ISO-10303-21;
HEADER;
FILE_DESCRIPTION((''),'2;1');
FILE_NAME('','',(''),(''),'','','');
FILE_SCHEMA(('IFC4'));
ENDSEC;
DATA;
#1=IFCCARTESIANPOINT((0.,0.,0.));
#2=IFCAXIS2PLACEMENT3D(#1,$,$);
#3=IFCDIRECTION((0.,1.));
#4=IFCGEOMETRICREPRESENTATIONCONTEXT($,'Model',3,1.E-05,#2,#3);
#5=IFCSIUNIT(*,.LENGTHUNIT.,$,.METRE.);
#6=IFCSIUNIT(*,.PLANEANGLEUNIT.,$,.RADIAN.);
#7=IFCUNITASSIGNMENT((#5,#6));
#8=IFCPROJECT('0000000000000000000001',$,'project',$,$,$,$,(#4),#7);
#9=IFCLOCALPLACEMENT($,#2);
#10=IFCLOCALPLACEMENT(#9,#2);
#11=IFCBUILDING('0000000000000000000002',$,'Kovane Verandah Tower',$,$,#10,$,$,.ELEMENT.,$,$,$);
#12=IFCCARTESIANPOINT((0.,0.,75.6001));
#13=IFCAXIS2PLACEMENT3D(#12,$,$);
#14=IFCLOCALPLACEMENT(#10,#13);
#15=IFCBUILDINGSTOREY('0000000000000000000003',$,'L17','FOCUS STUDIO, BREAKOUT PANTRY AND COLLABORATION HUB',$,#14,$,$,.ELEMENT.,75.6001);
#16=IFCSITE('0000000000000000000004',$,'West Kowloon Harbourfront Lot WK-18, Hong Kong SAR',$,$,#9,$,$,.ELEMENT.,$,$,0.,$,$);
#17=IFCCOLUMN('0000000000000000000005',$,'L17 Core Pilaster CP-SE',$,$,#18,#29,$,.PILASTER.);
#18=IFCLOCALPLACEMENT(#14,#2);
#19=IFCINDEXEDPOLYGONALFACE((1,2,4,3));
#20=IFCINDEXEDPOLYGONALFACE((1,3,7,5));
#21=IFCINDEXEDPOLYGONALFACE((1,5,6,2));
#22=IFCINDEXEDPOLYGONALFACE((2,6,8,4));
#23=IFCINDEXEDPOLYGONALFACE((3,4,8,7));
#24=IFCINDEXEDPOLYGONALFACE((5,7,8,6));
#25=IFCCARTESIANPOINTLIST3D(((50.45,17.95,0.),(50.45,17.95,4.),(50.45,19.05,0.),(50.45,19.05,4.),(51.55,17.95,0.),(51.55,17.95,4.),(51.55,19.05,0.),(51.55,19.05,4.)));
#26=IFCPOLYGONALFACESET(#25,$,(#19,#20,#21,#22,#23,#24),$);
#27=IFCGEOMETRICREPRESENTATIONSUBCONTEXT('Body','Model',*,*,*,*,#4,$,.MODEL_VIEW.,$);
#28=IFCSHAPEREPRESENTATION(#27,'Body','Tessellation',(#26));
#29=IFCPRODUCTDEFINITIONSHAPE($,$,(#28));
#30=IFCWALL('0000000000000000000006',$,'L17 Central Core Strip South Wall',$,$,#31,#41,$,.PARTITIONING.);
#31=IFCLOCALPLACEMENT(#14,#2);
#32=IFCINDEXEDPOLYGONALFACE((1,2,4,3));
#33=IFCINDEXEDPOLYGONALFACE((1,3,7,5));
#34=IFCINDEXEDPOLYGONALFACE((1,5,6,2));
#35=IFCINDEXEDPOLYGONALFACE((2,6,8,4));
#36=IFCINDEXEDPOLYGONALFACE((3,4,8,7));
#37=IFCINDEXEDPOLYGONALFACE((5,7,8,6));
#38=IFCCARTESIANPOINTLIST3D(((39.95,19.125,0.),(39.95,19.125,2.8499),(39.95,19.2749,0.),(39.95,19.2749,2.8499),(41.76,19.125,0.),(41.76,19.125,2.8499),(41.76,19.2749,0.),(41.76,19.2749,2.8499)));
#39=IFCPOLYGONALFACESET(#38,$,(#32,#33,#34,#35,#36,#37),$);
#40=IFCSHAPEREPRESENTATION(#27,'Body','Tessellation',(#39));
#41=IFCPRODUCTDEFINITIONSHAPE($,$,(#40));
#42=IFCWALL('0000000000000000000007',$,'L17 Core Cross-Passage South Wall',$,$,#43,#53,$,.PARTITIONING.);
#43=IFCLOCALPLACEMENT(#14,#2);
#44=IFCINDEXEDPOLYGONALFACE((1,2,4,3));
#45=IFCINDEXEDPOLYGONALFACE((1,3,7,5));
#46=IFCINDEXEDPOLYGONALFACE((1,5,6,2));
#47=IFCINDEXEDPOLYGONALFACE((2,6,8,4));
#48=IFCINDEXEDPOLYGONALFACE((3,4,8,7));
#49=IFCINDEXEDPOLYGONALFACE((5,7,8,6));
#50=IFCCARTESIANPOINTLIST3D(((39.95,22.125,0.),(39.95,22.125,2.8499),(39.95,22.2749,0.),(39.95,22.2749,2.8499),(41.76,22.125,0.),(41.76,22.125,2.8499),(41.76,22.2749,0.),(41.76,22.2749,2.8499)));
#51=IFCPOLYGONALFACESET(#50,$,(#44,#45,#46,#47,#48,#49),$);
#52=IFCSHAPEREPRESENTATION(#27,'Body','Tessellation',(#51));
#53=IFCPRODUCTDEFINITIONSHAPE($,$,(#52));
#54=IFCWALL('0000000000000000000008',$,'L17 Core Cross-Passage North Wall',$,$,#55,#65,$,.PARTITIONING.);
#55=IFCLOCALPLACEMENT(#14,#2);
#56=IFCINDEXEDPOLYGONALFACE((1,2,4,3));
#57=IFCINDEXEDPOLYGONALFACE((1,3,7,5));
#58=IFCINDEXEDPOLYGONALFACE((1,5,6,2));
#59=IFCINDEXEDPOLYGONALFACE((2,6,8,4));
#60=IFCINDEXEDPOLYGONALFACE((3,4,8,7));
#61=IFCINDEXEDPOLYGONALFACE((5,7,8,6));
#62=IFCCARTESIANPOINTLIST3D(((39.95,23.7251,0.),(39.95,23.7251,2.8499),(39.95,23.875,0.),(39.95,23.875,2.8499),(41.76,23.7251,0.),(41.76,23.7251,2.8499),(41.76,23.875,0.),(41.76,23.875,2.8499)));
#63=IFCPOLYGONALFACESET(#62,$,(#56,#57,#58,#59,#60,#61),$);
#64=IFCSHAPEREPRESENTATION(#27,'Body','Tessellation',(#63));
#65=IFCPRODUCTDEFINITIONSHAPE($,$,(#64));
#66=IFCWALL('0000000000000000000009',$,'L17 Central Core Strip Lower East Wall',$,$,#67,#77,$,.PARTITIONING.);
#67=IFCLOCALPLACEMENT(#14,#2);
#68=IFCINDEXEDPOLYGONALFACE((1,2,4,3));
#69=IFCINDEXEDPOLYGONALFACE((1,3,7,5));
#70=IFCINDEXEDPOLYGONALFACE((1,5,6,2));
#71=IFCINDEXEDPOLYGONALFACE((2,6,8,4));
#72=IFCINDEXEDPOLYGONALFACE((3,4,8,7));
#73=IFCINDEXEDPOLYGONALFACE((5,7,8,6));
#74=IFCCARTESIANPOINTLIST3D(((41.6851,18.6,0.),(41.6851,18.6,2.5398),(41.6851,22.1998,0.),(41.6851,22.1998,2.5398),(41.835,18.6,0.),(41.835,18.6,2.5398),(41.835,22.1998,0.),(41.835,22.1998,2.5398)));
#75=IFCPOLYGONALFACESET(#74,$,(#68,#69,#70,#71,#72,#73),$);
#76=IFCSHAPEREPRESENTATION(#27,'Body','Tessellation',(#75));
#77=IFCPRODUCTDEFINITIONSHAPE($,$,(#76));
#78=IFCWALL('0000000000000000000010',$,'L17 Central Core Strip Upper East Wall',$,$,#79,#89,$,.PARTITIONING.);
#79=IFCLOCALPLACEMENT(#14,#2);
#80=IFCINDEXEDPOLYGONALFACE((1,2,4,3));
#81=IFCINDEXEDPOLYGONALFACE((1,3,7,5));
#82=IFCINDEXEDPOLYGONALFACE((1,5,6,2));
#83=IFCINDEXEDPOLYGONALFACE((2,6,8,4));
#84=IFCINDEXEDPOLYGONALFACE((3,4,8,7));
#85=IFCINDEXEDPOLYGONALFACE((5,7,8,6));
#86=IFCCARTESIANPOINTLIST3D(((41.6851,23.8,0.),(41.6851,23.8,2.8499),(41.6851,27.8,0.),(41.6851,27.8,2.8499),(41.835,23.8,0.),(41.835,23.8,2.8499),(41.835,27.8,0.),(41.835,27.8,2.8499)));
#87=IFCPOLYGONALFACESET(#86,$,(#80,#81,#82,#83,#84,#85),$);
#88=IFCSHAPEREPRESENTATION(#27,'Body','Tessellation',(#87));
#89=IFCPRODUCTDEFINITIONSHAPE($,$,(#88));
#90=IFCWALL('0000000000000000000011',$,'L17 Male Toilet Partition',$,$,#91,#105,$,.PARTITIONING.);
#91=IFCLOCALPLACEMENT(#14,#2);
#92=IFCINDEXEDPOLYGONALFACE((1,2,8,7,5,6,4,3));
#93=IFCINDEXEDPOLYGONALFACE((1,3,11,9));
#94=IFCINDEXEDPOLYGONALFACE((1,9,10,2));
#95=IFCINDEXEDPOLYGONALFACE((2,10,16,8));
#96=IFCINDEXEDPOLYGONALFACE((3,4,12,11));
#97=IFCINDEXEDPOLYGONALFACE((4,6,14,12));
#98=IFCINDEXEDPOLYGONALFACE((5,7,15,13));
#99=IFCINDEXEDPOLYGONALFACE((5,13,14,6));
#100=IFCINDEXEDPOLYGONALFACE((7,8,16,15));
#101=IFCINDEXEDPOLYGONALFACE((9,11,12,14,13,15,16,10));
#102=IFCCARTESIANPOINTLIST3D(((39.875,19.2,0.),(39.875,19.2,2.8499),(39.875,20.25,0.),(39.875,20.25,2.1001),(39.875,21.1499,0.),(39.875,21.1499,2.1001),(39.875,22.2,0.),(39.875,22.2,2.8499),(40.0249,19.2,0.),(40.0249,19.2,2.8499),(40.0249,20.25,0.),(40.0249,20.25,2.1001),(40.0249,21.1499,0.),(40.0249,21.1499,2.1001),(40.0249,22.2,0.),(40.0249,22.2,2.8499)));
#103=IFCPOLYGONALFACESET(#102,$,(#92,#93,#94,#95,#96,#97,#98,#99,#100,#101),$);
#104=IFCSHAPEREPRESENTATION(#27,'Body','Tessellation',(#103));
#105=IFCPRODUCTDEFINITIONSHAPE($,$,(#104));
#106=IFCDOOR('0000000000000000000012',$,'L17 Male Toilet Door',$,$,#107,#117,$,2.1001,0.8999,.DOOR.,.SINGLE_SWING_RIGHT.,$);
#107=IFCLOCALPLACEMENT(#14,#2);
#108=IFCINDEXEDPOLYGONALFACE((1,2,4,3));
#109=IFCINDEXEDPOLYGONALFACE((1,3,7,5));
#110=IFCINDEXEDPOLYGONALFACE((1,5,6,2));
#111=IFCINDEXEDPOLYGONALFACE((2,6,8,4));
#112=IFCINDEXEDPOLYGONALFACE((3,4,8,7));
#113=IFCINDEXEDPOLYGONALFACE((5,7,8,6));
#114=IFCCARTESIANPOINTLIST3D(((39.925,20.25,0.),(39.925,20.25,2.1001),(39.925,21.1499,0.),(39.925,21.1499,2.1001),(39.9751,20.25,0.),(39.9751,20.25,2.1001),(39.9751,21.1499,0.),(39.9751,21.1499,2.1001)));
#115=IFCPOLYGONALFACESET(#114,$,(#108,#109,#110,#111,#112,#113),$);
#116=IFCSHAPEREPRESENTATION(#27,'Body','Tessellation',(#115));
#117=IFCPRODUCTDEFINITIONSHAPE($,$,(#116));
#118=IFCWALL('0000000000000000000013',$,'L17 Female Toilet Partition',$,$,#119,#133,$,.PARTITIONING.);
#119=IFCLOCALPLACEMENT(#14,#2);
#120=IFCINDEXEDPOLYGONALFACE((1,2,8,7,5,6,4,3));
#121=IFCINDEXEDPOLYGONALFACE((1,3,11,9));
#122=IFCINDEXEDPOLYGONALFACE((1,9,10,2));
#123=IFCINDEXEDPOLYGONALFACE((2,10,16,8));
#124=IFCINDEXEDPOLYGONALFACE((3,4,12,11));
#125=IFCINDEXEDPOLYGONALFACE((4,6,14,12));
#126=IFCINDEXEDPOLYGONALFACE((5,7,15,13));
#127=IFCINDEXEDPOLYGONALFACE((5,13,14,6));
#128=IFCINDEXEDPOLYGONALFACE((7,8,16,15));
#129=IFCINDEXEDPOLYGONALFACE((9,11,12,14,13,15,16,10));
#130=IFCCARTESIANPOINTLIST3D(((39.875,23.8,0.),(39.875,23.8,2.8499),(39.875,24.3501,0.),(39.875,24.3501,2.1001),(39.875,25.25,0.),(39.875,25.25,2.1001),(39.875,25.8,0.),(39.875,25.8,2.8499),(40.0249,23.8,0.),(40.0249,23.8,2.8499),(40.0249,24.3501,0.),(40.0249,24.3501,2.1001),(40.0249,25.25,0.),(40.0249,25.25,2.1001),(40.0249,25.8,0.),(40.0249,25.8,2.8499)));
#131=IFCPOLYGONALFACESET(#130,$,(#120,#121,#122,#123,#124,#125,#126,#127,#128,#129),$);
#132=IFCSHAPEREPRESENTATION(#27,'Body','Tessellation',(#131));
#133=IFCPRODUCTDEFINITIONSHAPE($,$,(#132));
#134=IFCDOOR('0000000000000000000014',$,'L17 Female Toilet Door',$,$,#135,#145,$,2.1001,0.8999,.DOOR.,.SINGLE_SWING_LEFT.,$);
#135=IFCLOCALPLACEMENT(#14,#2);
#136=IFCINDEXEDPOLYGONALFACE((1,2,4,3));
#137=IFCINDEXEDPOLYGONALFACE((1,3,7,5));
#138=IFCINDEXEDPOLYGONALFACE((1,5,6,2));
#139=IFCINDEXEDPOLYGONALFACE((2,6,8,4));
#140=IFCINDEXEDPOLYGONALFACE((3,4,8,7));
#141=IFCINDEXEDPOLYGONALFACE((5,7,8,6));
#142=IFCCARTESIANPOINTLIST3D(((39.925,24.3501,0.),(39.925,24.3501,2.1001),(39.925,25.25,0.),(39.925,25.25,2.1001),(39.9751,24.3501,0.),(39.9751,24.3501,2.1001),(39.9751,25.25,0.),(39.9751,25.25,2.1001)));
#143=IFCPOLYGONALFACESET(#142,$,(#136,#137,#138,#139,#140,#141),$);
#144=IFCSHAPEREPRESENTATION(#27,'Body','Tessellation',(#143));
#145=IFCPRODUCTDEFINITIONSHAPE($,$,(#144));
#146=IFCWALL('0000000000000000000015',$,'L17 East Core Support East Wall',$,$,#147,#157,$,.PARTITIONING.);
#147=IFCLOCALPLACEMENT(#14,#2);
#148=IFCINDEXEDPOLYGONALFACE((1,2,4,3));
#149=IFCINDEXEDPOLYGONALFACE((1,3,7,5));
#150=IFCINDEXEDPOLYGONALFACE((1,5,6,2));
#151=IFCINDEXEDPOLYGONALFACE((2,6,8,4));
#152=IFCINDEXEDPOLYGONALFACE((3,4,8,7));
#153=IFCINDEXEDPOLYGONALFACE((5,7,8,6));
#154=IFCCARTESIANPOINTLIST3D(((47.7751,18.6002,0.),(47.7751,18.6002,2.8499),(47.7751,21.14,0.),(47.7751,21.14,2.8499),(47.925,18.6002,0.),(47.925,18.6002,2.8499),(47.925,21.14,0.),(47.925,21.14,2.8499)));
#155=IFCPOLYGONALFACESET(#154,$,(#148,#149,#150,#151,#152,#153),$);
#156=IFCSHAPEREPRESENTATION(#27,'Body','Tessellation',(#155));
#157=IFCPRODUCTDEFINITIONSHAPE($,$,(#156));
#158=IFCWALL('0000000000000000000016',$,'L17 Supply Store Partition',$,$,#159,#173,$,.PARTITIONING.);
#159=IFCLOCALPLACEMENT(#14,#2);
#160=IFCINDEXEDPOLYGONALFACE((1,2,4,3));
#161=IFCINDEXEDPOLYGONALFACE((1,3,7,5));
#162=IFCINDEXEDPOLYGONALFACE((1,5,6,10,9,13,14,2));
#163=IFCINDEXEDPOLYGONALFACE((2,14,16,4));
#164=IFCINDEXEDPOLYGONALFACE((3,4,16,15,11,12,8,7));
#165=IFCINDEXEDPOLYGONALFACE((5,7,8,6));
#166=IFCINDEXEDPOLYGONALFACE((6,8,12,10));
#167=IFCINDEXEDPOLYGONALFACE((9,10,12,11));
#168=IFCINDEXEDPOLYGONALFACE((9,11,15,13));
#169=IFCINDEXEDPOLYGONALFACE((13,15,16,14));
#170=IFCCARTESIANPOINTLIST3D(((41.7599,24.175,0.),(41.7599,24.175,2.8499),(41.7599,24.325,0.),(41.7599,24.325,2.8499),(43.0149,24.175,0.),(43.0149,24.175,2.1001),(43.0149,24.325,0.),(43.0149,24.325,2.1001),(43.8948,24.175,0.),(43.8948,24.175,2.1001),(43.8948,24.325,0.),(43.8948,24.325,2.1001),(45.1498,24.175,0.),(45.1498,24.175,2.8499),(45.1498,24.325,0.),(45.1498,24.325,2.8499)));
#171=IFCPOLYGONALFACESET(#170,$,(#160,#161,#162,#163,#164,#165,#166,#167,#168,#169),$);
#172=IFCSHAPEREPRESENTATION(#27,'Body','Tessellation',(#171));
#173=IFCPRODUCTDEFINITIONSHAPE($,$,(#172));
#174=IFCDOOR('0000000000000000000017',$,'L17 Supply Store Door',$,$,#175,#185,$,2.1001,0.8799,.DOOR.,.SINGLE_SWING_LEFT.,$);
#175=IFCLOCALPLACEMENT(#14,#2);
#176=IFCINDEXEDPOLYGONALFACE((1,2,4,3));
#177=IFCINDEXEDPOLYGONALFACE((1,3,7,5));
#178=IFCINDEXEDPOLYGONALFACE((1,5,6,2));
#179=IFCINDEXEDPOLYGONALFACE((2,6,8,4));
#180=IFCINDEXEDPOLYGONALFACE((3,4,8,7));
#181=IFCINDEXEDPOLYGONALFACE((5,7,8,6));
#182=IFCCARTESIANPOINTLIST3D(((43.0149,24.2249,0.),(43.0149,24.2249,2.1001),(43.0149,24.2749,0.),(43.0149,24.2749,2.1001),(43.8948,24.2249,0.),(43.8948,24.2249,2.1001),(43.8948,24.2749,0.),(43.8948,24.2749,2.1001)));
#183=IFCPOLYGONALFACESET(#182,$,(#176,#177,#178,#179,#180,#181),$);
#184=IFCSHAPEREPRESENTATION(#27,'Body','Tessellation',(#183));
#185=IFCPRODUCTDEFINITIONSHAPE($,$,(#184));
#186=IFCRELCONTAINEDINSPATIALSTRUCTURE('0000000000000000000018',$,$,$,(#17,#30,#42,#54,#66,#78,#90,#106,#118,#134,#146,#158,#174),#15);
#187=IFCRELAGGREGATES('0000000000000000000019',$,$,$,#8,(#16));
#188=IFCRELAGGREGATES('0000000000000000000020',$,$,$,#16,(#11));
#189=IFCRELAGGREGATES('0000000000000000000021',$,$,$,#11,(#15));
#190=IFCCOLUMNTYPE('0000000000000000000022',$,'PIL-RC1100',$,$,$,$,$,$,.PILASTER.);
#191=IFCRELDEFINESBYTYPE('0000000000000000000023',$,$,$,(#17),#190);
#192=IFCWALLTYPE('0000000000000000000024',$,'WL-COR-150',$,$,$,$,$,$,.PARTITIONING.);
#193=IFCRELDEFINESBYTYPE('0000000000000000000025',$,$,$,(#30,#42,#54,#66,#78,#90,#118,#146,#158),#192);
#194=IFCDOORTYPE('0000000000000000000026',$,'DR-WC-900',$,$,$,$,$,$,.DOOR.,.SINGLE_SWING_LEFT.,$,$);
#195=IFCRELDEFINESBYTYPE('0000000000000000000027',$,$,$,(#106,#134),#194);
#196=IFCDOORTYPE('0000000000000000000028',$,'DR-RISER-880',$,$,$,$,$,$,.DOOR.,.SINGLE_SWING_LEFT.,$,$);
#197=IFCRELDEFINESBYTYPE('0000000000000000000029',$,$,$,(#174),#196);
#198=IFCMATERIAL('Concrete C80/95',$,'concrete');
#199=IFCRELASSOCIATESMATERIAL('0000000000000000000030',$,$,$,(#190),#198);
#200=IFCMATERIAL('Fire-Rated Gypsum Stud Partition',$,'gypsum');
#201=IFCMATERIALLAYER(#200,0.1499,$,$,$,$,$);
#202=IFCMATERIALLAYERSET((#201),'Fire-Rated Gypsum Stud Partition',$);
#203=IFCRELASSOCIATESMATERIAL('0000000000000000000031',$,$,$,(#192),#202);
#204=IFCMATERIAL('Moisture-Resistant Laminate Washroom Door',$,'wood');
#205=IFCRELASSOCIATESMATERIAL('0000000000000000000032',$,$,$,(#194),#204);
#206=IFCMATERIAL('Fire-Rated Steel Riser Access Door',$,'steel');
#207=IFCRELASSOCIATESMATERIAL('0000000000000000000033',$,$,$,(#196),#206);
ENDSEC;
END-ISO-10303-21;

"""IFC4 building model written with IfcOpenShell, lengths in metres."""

from ifc_helpers import new_model, si_unit, direction, frame, frame_2d, origin, origin_2d, place, context, subcontext, project, spatial, rectangle, extrude, material, layer, layer_set, material_profile, profile_set, type_object, element, fill, save


model = new_model("IFC4")

# Units and contexts
model_context = context("Model", 3, precision=1e-05, world=origin(), true_north=direction((0.0, 1.0)))
body_context = subcontext(model_context, "Body", "Model", "MODEL_VIEW")
ifc_project = project(units=[si_unit("LENGTHUNIT", "METRE"), si_unit("PLANEANGLEUNIT", "RADIAN")], contexts=[model_context])

# Site, building, storey
site_placement = place(None, origin())
site = spatial("IfcSite", under=ifc_project, at=site_placement, Name="West Kowloon Harbourfront Lot WK-18, Hong Kong SAR", CompositionType="ELEMENT", RefElevation=0.0)
building_placement = place(site_placement, origin())
building = spatial("IfcBuilding", under=site, at=building_placement, Name="Kovane Verandah Tower", CompositionType="ELEMENT")
storey_placement = place(building_placement, frame((0.0, 0.0, 75.6001)))
storey = spatial("IfcBuildingStorey", under=building, at=storey_placement, Name="L17", Description="FOCUS STUDIO, BREAKOUT PANTRY AND COLLABORATION HUB", CompositionType="ELEMENT", Elevation=75.6001)

# Column
ifc_material_1 = material(Name="Concrete C80/95", Category="concrete")
ifc_material_profile = material_profile(ifc_material_1, rectangle(XDim=1.1001, YDim=1.1001, at=origin_2d()), Name="RC1100x1100")
ifc_profile_set = profile_set([ifc_material_profile], Name="Concrete C80/95")
column_type = type_object("IfcColumnType", Name="PIL-RC1100", PredefinedType="PILASTER", material=ifc_profile_set)
column_placement = place(storey_placement, frame((51.0, 18.5, 0.0), z_axis=(0.0, 0.0, 1.0), x_axis=(1.0, 0.0, 0.0)))
element("IfcColumn", 1, at=column_placement, inside=storey, type_object=column_type, Name="L17 Core Pilaster CP-SE", PredefinedType="PILASTER", context=body_context, shape_type="SweptSolid", body=[
    extrude(rectangle(XDim=1.1001, YDim=1.1001, at=origin_2d()), origin(), (0.0, 0.0, 1.0), 4.0),
])

# Walls
ifc_material_2 = material(Name="Fire-Rated Gypsum Stud Partition", Category="gypsum")
ifc_layer_1 = layer(ifc_material_2, 0.1499)
ifc_layer_set_1 = layer_set([ifc_layer_1], Name="Fire-Rated Gypsum Stud Partition")
wall_type_1 = type_object("IfcWallType", Name="WL-COR-150", PredefinedType="PARTITIONING", material=ifc_layer_set_1)
for number, where, z_axis, x_axis, name in (
    (2, (39.95, 19.2, 0.0), (0.0, 0.0, 1.0), (1.0, 0.0, 0.0), "L17 Central Core Strip South Wall"),
    (3, (39.95, 22.2, 0.0), (0.0, 0.0, 1.0), (1.0, 0.0, 0.0), "L17 Core Cross-Passage South Wall"),
    (4, (39.95, 23.8, 0.0), (0.0, 0.0, 1.0), (1.0, 0.0, 0.0), "L17 Core Cross-Passage North Wall"),
):
    element("IfcWall", number, at=place(storey_placement, frame(where, z_axis=z_axis, x_axis=x_axis)), inside=storey, type_object=wall_type_1, Name=name, PredefinedType="PARTITIONING", context=body_context, shape_type="SweptSolid", body=[
        extrude(rectangle(XDim=1.8101, YDim=0.1499, at=frame_2d((0.905, 0.0))), origin(), (0.0, 0.0, 1.0), 2.8499),
    ])
wall_1_placement = place(storey_placement, frame((41.76, 18.6001, 0.0), z_axis=(0.0, 0.0, 1.0), x_axis=(0.0, 1.0, 0.0)))
element("IfcWall", 5, at=wall_1_placement, inside=storey, type_object=wall_type_1, Name="L17 Central Core Strip Lower East Wall", PredefinedType="PARTITIONING", context=body_context, shape_type="SweptSolid", body=[
    extrude(rectangle(XDim=3.5999, YDim=0.1499, at=frame_2d((1.7998, 0.0))), origin(), (0.0, 0.0, 1.0), 2.5398),
])
wall_2_placement = place(storey_placement, frame((41.76, 23.8, 0.0), z_axis=(0.0, 0.0, 1.0), x_axis=(0.0, 1.0, 0.0)))
element("IfcWall", 6, at=wall_2_placement, inside=storey, type_object=wall_type_1, Name="L17 Central Core Strip Upper East Wall", PredefinedType="PARTITIONING", context=body_context, shape_type="SweptSolid", body=[
    extrude(rectangle(XDim=4.0, YDim=0.1499, at=frame_2d((2.0, 0.0))), origin(), (0.0, 0.0, 1.0), 2.8499),
])

# Walls, openings, doors
wall_3_placement = place(storey_placement, frame((39.95, 19.2, 0.0), z_axis=(0.0, 0.0, 1.0), x_axis=(0.0, 1.0, 0.0)))
wall_3 = element("IfcWall", 7, at=wall_3_placement, inside=storey, type_object=wall_type_1, Name="L17 Male Toilet Partition", PredefinedType="PARTITIONING", context=body_context, shape_type="SweptSolid", body=[
    extrude(rectangle(XDim=3.0, YDim=0.1499, at=frame_2d((1.5, 0.0))), origin(), (0.0, 0.0, 1.0), 2.8499),
])
opening_1_placement = place(wall_3_placement, frame((1.05, 0.0, 0.0)))
opening_1 = element("IfcOpeningElement", 8, at=opening_1_placement, cuts=wall_3, PredefinedType="OPENING", context=body_context, shape_type="SweptSolid", body=[
    extrude(rectangle(XDim=0.8999, YDim=2.1001, at=frame_2d((0.45, 1.05))), frame((0.0, 0.075, 0.0), z_axis=(0.0, -1.0, 0.0), x_axis=(1.0, 0.0, 0.0)), (0.0, 0.0, 1.0), 0.1499),
])
ifc_material_3 = material(Name="Moisture-Resistant Laminate Washroom Door", Category="wood")
door_type_1 = type_object("IfcDoorType", Name="DR-WC-900", OperationType="SINGLE_SWING_LEFT", PredefinedType="DOOR", material=ifc_material_3)
door_1_placement = place(opening_1_placement, origin())
door_1 = element("IfcDoor", 9, at=door_1_placement, inside=storey, type_object=door_type_1, Name="L17 Male Toilet Door", OperationType="SINGLE_SWING_RIGHT", OverallHeight=2.1001, OverallWidth=0.8999, PredefinedType="DOOR", context=body_context, shape_type="SweptSolid", body=[
    extrude(rectangle(XDim=0.8999, YDim=2.1001, at=frame_2d((0.45, 1.05))), frame((0.0, 0.0249, 0.0), z_axis=(0.0, -1.0, 0.0), x_axis=(1.0, 0.0, 0.0)), (0.0, 0.0, 1.0), 0.05),
])
fill(opening_1, door_1)
wall_4_placement = place(storey_placement, frame((39.95, 23.8, 0.0), z_axis=(0.0, 0.0, 1.0), x_axis=(0.0, 1.0, 0.0)))
wall_4 = element("IfcWall", 10, at=wall_4_placement, inside=storey, type_object=wall_type_1, Name="L17 Female Toilet Partition", PredefinedType="PARTITIONING", context=body_context, shape_type="SweptSolid", body=[
    extrude(rectangle(XDim=2.0, YDim=0.1499, at=frame_2d((1.0, 0.0))), origin(), (0.0, 0.0, 1.0), 2.8499),
])
opening_2_placement = place(wall_4_placement, frame((0.55, 0.0, 0.0)))
opening_2 = element("IfcOpeningElement", 11, at=opening_2_placement, cuts=wall_4, PredefinedType="OPENING", context=body_context, shape_type="SweptSolid", body=[
    extrude(rectangle(XDim=0.8999, YDim=2.1001, at=frame_2d((0.45, 1.05))), frame((0.0, 0.075, 0.0), z_axis=(0.0, -1.0, 0.0), x_axis=(1.0, 0.0, 0.0)), (0.0, 0.0, 1.0), 0.1499),
])
door_2_placement = place(opening_2_placement, origin())
door_2 = element("IfcDoor", 12, at=door_2_placement, inside=storey, type_object=door_type_1, Name="L17 Female Toilet Door", OperationType="SINGLE_SWING_LEFT", OverallHeight=2.1001, OverallWidth=0.8999, PredefinedType="DOOR", context=body_context, shape_type="SweptSolid", body=[
    extrude(rectangle(XDim=0.8999, YDim=2.1001, at=frame_2d((0.45, 1.05))), frame((0.0, 0.0249, 0.0), z_axis=(0.0, -1.0, 0.0), x_axis=(1.0, 0.0, 0.0)), (0.0, 0.0, 1.0), 0.05),
])
fill(opening_2, door_2)

# Wall
wall_5_placement = place(storey_placement, frame((47.8501, 18.6001, 0.0), z_axis=(0.0, 0.0, 1.0), x_axis=(0.0, 1.0, 0.0)))
element("IfcWall", 13, at=wall_5_placement, inside=storey, type_object=wall_type_1, Name="L17 East Core Support East Wall", PredefinedType="PARTITIONING", context=body_context, shape_type="SweptSolid", body=[
    extrude(rectangle(XDim=2.5398, YDim=0.1499, at=frame_2d((1.27, 0.0))), origin(), (0.0, 0.0, 1.0), 2.8499),
])

# Wall, opening, door
wall_6_placement = place(storey_placement, frame((41.76, 24.25, 0.0), z_axis=(0.0, 0.0, 1.0), x_axis=(1.0, 0.0, 0.0)))
wall_6 = element("IfcWall", 14, at=wall_6_placement, inside=storey, type_object=wall_type_1, Name="L17 Supply Store Partition", PredefinedType="PARTITIONING", context=body_context, shape_type="SweptSolid", body=[
    extrude(rectangle(XDim=3.3899, YDim=0.1499, at=frame_2d((1.6948, 0.0))), origin(), (0.0, 0.0, 1.0), 2.8499),
])
opening_3_placement = place(wall_6_placement, frame((1.2549, 0.0, 0.0)))
opening_3 = element("IfcOpeningElement", 15, at=opening_3_placement, cuts=wall_6, PredefinedType="OPENING", context=body_context, shape_type="SweptSolid", body=[
    extrude(rectangle(XDim=0.8799, YDim=2.1001, at=frame_2d((0.4399, 1.05))), frame((0.0, 0.075, 0.0), z_axis=(0.0, -1.0, 0.0), x_axis=(1.0, 0.0, 0.0)), (0.0, 0.0, 1.0), 0.1499),
])
ifc_material_4 = material(Name="Fire-Rated Steel Riser Access Door", Category="steel")
door_type_2 = type_object("IfcDoorType", Name="DR-RISER-880", OperationType="SINGLE_SWING_LEFT", PredefinedType="DOOR", material=ifc_material_4)
door_3_placement = place(opening_3_placement, origin())
door_3 = element("IfcDoor", 16, at=door_3_placement, inside=storey, type_object=door_type_2, Name="L17 Supply Store Door", OperationType="SINGLE_SWING_LEFT", OverallHeight=2.1001, OverallWidth=0.8799, PredefinedType="DOOR", context=body_context, shape_type="SweptSolid", body=[
    extrude(rectangle(XDim=0.8799, YDim=2.1001, at=frame_2d((0.4399, 1.05))), frame((0.0, 0.0249, 0.0), z_axis=(0.0, -1.0, 0.0), x_axis=(1.0, 0.0, 0.0)), (0.0, 0.0, 1.0), 0.05),
])
fill(opening_3, door_3)

save(model, "model.ifc")
